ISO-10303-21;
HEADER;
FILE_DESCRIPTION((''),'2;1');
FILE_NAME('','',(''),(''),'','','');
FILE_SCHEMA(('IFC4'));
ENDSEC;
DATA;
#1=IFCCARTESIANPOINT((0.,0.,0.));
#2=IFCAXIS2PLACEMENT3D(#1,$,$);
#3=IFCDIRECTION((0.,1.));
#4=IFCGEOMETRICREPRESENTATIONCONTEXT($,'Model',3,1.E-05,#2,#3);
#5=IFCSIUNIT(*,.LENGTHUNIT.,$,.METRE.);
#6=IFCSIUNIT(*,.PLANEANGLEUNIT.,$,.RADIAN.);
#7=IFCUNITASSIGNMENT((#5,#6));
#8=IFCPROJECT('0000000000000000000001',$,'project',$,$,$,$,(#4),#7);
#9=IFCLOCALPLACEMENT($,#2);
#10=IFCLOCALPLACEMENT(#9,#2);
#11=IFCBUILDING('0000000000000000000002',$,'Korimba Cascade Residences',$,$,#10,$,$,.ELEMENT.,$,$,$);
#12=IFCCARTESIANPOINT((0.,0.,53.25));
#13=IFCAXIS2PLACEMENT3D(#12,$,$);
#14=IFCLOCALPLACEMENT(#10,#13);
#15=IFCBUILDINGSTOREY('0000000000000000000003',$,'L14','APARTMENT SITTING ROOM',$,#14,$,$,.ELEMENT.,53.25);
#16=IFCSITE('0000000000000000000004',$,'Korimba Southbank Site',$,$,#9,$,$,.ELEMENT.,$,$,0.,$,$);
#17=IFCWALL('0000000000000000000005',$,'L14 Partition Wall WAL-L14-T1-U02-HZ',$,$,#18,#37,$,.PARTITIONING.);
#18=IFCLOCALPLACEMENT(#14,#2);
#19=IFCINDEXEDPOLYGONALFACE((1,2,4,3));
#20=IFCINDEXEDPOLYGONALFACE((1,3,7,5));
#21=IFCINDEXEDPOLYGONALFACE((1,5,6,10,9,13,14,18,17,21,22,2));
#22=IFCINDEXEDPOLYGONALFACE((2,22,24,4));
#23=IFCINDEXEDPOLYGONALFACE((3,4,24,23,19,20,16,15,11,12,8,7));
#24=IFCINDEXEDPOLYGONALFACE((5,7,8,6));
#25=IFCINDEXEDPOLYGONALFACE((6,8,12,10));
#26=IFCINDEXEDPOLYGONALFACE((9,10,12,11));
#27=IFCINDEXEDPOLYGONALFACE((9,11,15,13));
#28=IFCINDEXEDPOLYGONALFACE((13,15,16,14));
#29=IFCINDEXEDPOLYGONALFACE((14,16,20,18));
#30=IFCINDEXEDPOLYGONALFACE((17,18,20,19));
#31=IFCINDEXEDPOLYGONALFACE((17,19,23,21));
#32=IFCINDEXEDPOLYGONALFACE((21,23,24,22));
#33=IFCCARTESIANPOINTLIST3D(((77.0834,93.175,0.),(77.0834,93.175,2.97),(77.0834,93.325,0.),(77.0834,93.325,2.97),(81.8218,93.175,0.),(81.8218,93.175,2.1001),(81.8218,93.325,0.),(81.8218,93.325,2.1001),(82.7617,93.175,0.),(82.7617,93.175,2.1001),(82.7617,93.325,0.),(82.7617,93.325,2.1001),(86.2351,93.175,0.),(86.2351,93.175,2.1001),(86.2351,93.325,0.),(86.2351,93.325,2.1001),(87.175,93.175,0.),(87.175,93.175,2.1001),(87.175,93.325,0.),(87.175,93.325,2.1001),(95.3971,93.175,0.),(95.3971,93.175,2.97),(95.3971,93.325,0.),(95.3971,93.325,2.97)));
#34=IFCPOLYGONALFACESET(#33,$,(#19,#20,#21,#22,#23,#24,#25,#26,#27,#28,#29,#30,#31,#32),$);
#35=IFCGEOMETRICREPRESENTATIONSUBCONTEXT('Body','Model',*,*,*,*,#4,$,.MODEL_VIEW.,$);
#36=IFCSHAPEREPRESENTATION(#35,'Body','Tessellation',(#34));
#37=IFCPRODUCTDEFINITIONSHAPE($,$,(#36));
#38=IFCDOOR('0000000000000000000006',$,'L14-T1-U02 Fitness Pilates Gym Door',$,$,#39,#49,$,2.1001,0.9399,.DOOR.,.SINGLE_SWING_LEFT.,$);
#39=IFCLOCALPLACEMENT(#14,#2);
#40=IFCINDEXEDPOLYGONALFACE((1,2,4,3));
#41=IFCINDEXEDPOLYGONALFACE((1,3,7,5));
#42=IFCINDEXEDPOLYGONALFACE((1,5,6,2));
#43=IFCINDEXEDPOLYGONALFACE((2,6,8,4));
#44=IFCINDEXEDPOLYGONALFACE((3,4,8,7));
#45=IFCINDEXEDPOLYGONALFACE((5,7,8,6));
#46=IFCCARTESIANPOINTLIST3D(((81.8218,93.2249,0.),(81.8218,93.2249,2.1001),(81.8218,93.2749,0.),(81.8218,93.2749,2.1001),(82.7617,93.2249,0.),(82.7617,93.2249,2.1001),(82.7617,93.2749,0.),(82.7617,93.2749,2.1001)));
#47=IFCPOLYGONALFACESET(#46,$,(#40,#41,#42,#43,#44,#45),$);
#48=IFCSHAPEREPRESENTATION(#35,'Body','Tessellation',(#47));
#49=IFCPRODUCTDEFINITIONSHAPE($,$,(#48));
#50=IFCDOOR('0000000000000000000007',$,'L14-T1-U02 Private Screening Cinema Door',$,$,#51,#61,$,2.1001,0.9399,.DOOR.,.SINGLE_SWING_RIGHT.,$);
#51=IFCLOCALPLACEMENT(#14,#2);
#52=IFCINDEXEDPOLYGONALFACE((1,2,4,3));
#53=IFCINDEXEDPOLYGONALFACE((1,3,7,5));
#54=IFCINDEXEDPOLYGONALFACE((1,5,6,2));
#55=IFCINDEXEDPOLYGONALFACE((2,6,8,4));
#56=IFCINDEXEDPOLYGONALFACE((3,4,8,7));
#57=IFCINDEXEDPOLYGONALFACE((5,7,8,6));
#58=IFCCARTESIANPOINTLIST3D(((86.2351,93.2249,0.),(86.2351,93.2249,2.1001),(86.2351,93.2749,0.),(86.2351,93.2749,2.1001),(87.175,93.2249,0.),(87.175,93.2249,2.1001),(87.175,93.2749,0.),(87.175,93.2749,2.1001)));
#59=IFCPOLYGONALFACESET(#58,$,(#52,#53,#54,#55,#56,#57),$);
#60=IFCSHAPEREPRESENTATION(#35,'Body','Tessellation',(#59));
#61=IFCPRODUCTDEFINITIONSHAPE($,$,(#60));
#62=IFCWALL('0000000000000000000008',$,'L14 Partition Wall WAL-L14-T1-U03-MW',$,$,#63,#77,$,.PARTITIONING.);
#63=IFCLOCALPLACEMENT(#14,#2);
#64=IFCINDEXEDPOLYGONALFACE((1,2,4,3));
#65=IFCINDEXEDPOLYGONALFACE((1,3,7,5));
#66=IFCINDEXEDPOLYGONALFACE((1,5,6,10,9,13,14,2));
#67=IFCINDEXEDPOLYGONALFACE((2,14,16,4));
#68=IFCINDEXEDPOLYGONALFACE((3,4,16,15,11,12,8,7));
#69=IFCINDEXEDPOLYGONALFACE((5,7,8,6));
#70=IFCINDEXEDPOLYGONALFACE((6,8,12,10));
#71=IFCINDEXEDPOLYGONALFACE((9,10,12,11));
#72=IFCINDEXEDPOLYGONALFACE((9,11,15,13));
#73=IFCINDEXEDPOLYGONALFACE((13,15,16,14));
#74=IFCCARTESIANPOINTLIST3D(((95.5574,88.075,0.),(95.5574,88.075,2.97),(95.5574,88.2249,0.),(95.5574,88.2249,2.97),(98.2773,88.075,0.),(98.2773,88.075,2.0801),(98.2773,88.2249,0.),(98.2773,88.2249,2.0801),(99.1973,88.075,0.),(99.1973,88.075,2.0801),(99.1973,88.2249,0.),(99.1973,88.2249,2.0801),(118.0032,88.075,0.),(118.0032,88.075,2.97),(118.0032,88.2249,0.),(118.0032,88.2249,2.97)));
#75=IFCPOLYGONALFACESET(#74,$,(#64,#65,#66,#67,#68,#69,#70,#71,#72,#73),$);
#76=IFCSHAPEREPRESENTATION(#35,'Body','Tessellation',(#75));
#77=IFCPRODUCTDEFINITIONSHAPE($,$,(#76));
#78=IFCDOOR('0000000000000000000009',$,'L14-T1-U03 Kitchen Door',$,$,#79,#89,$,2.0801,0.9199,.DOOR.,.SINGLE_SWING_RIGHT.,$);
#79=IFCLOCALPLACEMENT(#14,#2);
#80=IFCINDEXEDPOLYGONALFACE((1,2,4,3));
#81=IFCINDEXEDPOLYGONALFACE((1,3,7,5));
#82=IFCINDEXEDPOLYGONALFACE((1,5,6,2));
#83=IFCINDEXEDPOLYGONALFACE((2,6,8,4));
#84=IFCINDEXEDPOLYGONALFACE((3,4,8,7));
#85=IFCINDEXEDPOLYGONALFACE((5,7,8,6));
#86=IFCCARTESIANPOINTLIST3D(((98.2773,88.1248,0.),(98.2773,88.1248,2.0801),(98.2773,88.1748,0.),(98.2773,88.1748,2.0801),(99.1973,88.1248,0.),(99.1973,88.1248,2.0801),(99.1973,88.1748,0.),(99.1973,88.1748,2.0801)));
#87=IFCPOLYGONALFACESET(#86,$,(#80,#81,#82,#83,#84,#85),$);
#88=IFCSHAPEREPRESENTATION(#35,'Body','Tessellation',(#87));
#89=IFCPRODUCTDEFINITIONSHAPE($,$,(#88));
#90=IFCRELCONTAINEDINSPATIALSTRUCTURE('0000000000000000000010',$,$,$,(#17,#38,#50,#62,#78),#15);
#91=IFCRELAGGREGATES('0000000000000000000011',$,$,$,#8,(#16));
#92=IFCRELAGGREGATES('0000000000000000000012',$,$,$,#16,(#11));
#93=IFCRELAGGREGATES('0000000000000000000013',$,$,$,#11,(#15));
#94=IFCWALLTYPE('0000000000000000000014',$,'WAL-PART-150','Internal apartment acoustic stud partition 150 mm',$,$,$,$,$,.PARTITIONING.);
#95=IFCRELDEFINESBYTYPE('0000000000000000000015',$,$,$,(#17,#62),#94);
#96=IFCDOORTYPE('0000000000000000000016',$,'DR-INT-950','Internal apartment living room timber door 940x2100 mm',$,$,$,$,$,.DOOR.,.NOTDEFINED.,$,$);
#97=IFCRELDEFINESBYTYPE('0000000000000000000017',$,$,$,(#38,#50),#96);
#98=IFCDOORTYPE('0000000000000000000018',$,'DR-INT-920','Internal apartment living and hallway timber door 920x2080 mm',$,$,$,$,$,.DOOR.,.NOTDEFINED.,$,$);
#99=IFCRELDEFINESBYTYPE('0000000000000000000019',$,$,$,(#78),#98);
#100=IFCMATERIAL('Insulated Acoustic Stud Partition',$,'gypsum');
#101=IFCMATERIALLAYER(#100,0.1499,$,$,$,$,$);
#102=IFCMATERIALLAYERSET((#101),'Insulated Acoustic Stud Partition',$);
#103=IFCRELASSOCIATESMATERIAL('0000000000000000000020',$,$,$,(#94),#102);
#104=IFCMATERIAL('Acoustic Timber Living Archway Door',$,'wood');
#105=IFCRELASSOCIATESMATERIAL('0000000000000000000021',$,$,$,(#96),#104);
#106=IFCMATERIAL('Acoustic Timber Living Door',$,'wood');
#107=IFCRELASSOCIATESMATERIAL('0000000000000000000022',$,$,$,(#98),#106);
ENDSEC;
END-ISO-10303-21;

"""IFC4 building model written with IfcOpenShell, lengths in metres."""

from ifc_helpers import new_model, si_unit, direction, frame, frame_2d, origin, place, context, subcontext, project, spatial, rectangle, extrude, material, layer, layer_set, type_object, element, fill, save


model = new_model("IFC4")

# Units and contexts
model_context = context("Model", 3, precision=1e-05, world=origin(), true_north=direction((0.0, 1.0)))
body_context = subcontext(model_context, "Body", "Model", "MODEL_VIEW")
ifc_project = project(units=[si_unit("LENGTHUNIT", "METRE"), si_unit("PLANEANGLEUNIT", "RADIAN")], contexts=[model_context])

# Site, building, storey
site_placement = place(None, origin())
site = spatial("IfcSite", under=ifc_project, at=site_placement, Name="Korimba Southbank Site", CompositionType="ELEMENT", RefElevation=0.0)
building_placement = place(site_placement, origin())
building = spatial("IfcBuilding", under=site, at=building_placement, Name="Korimba Cascade Residences", CompositionType="ELEMENT")
storey_placement = place(building_placement, frame((0.0, 0.0, 53.25)))
storey = spatial("IfcBuildingStorey", under=building, at=storey_placement, Name="L14", Description="APARTMENT SITTING ROOM", CompositionType="ELEMENT", Elevation=53.25)

# Shared definitions
ifc_material_1 = material(Name="Insulated Acoustic Stud Partition", Category="gypsum")
ifc_layer = layer(ifc_material_1, 0.1499)
ifc_layer_set = layer_set([ifc_layer], Name="Insulated Acoustic Stud Partition")
wall_type = type_object("IfcWallType", Name="WAL-PART-150", Description="Internal apartment acoustic stud partition 150 mm", PredefinedType="PARTITIONING", material=ifc_layer_set)

# Wall, openings, doors
wall_1_placement = place(storey_placement, frame((77.0835, 93.25, 0.0), z_axis=(0.0, 0.0, 1.0), x_axis=(1.0, 0.0, 0.0)))
wall_1 = element("IfcWall", 1, at=wall_1_placement, inside=storey, type_object=wall_type, Name="L14 Partition Wall WAL-L14-T1-U02-HZ", PredefinedType="PARTITIONING", context=body_context, shape_type="SweptSolid", body=[
    extrude(rectangle(XDim=18.3137, YDim=0.1499, at=frame_2d((9.1567, 0.0))), origin(), (0.0, 0.0, 1.0), 2.97),
])
opening_1_placement = place(wall_1_placement, frame((4.7383, 0.0, 0.0)))
opening_1 = element("IfcOpeningElement", 2, at=opening_1_placement, cuts=wall_1, PredefinedType="OPENING", context=body_context, shape_type="SweptSolid", body=[
    extrude(rectangle(XDim=0.9399, YDim=2.1001, at=frame_2d((0.47, 1.05))), frame((0.0, 0.085, 0.0), z_axis=(0.0, -1.0, 0.0), x_axis=(1.0, 0.0, 0.0)), (0.0, 0.0, 1.0), 0.1699),
])
opening_2_placement = place(wall_1_placement, frame((9.1516, 0.0, 0.0)))
opening_2 = element("IfcOpeningElement", 3, at=opening_2_placement, cuts=wall_1, PredefinedType="OPENING", context=body_context, shape_type="SweptSolid", body=[
    extrude(rectangle(XDim=0.9399, YDim=2.1001, at=frame_2d((0.47, 1.05))), frame((0.0, 0.085, 0.0), z_axis=(0.0, -1.0, 0.0), x_axis=(1.0, 0.0, 0.0)), (0.0, 0.0, 1.0), 0.1699),
])
ifc_material_2 = material(Name="Acoustic Timber Living Archway Door", Category="wood")
door_type_1 = type_object("IfcDoorType", Name="DR-INT-950", Description="Internal apartment living room timber door 940x2100 mm", OperationType="NOTDEFINED", PredefinedType="DOOR", material=ifc_material_2)
door_1_placement = place(opening_1_placement, origin())
door_1 = element("IfcDoor", 4, at=door_1_placement, inside=storey, type_object=door_type_1, Name="L14-T1-U02 Fitness Pilates Gym Door", OperationType="SINGLE_SWING_LEFT", OverallHeight=2.1001, OverallWidth=0.9399, PredefinedType="DOOR", context=body_context, shape_type="SweptSolid", body=[
    extrude(rectangle(XDim=0.9399, YDim=2.1001, at=frame_2d((0.47, 1.05))), frame((0.0, 0.0249, 0.0), z_axis=(0.0, -1.0, 0.0), x_axis=(1.0, 0.0, 0.0)), (0.0, 0.0, 1.0), 0.05),
])
fill(opening_1, door_1)
door_2_placement = place(opening_2_placement, origin())
door_2 = element("IfcDoor", 5, at=door_2_placement, inside=storey, type_object=door_type_1, Name="L14-T1-U02 Private Screening Cinema Door", OperationType="SINGLE_SWING_RIGHT", OverallHeight=2.1001, OverallWidth=0.9399, PredefinedType="DOOR", context=body_context, shape_type="SweptSolid", body=[
    extrude(rectangle(XDim=0.9399, YDim=2.1001, at=frame_2d((0.47, 1.05))), frame((0.0, 0.0249, 0.0), z_axis=(0.0, -1.0, 0.0), x_axis=(1.0, 0.0, 0.0)), (0.0, 0.0, 1.0), 0.05),
])
fill(opening_2, door_2)

# Wall, opening, door
wall_2_placement = place(storey_placement, frame((95.5574, 88.1499, 0.0), z_axis=(0.0, 0.0, 1.0), x_axis=(1.0, 0.0, 0.0)))
wall_2 = element("IfcWall", 6, at=wall_2_placement, inside=storey, type_object=wall_type, Name="L14 Partition Wall WAL-L14-T1-U03-MW", PredefinedType="PARTITIONING", context=body_context, shape_type="SweptSolid", body=[
    extrude(rectangle(XDim=22.4458, YDim=0.1499, at=frame_2d((11.2229, 0.0))), origin(), (0.0, 0.0, 1.0), 2.97),
])
opening_3_placement = place(wall_2_placement, frame((2.72, 0.0, 0.0)))
opening_3 = element("IfcOpeningElement", 7, at=opening_3_placement, cuts=wall_2, PredefinedType="OPENING", context=body_context, shape_type="SweptSolid", body=[
    extrude(rectangle(XDim=0.9199, YDim=2.0801, at=frame_2d((0.46, 1.04))), frame((0.0, 0.085, 0.0), z_axis=(0.0, -1.0, 0.0), x_axis=(1.0, 0.0, 0.0)), (0.0, 0.0, 1.0), 0.1699),
])
ifc_material_3 = material(Name="Acoustic Timber Living Door", Category="wood")
door_type_2 = type_object("IfcDoorType", Name="DR-INT-920", Description="Internal apartment living and hallway timber door 920x2080 mm", OperationType="NOTDEFINED", PredefinedType="DOOR", material=ifc_material_3)
door_3_placement = place(opening_3_placement, origin())
door_3 = element("IfcDoor", 8, at=door_3_placement, inside=storey, type_object=door_type_2, Name="L14-T1-U03 Kitchen Door", OperationType="SINGLE_SWING_RIGHT", OverallHeight=2.0801, OverallWidth=0.9199, PredefinedType="DOOR", context=body_context, shape_type="SweptSolid", body=[
    extrude(rectangle(XDim=0.9199, YDim=2.0801, at=frame_2d((0.46, 1.04))), frame((0.0, 0.0249, 0.0), z_axis=(0.0, -1.0, 0.0), x_axis=(1.0, 0.0, 0.0)), (0.0, 0.0, 1.0), 0.05),
])
fill(opening_3, door_3)

save(model, "model.ifc")
